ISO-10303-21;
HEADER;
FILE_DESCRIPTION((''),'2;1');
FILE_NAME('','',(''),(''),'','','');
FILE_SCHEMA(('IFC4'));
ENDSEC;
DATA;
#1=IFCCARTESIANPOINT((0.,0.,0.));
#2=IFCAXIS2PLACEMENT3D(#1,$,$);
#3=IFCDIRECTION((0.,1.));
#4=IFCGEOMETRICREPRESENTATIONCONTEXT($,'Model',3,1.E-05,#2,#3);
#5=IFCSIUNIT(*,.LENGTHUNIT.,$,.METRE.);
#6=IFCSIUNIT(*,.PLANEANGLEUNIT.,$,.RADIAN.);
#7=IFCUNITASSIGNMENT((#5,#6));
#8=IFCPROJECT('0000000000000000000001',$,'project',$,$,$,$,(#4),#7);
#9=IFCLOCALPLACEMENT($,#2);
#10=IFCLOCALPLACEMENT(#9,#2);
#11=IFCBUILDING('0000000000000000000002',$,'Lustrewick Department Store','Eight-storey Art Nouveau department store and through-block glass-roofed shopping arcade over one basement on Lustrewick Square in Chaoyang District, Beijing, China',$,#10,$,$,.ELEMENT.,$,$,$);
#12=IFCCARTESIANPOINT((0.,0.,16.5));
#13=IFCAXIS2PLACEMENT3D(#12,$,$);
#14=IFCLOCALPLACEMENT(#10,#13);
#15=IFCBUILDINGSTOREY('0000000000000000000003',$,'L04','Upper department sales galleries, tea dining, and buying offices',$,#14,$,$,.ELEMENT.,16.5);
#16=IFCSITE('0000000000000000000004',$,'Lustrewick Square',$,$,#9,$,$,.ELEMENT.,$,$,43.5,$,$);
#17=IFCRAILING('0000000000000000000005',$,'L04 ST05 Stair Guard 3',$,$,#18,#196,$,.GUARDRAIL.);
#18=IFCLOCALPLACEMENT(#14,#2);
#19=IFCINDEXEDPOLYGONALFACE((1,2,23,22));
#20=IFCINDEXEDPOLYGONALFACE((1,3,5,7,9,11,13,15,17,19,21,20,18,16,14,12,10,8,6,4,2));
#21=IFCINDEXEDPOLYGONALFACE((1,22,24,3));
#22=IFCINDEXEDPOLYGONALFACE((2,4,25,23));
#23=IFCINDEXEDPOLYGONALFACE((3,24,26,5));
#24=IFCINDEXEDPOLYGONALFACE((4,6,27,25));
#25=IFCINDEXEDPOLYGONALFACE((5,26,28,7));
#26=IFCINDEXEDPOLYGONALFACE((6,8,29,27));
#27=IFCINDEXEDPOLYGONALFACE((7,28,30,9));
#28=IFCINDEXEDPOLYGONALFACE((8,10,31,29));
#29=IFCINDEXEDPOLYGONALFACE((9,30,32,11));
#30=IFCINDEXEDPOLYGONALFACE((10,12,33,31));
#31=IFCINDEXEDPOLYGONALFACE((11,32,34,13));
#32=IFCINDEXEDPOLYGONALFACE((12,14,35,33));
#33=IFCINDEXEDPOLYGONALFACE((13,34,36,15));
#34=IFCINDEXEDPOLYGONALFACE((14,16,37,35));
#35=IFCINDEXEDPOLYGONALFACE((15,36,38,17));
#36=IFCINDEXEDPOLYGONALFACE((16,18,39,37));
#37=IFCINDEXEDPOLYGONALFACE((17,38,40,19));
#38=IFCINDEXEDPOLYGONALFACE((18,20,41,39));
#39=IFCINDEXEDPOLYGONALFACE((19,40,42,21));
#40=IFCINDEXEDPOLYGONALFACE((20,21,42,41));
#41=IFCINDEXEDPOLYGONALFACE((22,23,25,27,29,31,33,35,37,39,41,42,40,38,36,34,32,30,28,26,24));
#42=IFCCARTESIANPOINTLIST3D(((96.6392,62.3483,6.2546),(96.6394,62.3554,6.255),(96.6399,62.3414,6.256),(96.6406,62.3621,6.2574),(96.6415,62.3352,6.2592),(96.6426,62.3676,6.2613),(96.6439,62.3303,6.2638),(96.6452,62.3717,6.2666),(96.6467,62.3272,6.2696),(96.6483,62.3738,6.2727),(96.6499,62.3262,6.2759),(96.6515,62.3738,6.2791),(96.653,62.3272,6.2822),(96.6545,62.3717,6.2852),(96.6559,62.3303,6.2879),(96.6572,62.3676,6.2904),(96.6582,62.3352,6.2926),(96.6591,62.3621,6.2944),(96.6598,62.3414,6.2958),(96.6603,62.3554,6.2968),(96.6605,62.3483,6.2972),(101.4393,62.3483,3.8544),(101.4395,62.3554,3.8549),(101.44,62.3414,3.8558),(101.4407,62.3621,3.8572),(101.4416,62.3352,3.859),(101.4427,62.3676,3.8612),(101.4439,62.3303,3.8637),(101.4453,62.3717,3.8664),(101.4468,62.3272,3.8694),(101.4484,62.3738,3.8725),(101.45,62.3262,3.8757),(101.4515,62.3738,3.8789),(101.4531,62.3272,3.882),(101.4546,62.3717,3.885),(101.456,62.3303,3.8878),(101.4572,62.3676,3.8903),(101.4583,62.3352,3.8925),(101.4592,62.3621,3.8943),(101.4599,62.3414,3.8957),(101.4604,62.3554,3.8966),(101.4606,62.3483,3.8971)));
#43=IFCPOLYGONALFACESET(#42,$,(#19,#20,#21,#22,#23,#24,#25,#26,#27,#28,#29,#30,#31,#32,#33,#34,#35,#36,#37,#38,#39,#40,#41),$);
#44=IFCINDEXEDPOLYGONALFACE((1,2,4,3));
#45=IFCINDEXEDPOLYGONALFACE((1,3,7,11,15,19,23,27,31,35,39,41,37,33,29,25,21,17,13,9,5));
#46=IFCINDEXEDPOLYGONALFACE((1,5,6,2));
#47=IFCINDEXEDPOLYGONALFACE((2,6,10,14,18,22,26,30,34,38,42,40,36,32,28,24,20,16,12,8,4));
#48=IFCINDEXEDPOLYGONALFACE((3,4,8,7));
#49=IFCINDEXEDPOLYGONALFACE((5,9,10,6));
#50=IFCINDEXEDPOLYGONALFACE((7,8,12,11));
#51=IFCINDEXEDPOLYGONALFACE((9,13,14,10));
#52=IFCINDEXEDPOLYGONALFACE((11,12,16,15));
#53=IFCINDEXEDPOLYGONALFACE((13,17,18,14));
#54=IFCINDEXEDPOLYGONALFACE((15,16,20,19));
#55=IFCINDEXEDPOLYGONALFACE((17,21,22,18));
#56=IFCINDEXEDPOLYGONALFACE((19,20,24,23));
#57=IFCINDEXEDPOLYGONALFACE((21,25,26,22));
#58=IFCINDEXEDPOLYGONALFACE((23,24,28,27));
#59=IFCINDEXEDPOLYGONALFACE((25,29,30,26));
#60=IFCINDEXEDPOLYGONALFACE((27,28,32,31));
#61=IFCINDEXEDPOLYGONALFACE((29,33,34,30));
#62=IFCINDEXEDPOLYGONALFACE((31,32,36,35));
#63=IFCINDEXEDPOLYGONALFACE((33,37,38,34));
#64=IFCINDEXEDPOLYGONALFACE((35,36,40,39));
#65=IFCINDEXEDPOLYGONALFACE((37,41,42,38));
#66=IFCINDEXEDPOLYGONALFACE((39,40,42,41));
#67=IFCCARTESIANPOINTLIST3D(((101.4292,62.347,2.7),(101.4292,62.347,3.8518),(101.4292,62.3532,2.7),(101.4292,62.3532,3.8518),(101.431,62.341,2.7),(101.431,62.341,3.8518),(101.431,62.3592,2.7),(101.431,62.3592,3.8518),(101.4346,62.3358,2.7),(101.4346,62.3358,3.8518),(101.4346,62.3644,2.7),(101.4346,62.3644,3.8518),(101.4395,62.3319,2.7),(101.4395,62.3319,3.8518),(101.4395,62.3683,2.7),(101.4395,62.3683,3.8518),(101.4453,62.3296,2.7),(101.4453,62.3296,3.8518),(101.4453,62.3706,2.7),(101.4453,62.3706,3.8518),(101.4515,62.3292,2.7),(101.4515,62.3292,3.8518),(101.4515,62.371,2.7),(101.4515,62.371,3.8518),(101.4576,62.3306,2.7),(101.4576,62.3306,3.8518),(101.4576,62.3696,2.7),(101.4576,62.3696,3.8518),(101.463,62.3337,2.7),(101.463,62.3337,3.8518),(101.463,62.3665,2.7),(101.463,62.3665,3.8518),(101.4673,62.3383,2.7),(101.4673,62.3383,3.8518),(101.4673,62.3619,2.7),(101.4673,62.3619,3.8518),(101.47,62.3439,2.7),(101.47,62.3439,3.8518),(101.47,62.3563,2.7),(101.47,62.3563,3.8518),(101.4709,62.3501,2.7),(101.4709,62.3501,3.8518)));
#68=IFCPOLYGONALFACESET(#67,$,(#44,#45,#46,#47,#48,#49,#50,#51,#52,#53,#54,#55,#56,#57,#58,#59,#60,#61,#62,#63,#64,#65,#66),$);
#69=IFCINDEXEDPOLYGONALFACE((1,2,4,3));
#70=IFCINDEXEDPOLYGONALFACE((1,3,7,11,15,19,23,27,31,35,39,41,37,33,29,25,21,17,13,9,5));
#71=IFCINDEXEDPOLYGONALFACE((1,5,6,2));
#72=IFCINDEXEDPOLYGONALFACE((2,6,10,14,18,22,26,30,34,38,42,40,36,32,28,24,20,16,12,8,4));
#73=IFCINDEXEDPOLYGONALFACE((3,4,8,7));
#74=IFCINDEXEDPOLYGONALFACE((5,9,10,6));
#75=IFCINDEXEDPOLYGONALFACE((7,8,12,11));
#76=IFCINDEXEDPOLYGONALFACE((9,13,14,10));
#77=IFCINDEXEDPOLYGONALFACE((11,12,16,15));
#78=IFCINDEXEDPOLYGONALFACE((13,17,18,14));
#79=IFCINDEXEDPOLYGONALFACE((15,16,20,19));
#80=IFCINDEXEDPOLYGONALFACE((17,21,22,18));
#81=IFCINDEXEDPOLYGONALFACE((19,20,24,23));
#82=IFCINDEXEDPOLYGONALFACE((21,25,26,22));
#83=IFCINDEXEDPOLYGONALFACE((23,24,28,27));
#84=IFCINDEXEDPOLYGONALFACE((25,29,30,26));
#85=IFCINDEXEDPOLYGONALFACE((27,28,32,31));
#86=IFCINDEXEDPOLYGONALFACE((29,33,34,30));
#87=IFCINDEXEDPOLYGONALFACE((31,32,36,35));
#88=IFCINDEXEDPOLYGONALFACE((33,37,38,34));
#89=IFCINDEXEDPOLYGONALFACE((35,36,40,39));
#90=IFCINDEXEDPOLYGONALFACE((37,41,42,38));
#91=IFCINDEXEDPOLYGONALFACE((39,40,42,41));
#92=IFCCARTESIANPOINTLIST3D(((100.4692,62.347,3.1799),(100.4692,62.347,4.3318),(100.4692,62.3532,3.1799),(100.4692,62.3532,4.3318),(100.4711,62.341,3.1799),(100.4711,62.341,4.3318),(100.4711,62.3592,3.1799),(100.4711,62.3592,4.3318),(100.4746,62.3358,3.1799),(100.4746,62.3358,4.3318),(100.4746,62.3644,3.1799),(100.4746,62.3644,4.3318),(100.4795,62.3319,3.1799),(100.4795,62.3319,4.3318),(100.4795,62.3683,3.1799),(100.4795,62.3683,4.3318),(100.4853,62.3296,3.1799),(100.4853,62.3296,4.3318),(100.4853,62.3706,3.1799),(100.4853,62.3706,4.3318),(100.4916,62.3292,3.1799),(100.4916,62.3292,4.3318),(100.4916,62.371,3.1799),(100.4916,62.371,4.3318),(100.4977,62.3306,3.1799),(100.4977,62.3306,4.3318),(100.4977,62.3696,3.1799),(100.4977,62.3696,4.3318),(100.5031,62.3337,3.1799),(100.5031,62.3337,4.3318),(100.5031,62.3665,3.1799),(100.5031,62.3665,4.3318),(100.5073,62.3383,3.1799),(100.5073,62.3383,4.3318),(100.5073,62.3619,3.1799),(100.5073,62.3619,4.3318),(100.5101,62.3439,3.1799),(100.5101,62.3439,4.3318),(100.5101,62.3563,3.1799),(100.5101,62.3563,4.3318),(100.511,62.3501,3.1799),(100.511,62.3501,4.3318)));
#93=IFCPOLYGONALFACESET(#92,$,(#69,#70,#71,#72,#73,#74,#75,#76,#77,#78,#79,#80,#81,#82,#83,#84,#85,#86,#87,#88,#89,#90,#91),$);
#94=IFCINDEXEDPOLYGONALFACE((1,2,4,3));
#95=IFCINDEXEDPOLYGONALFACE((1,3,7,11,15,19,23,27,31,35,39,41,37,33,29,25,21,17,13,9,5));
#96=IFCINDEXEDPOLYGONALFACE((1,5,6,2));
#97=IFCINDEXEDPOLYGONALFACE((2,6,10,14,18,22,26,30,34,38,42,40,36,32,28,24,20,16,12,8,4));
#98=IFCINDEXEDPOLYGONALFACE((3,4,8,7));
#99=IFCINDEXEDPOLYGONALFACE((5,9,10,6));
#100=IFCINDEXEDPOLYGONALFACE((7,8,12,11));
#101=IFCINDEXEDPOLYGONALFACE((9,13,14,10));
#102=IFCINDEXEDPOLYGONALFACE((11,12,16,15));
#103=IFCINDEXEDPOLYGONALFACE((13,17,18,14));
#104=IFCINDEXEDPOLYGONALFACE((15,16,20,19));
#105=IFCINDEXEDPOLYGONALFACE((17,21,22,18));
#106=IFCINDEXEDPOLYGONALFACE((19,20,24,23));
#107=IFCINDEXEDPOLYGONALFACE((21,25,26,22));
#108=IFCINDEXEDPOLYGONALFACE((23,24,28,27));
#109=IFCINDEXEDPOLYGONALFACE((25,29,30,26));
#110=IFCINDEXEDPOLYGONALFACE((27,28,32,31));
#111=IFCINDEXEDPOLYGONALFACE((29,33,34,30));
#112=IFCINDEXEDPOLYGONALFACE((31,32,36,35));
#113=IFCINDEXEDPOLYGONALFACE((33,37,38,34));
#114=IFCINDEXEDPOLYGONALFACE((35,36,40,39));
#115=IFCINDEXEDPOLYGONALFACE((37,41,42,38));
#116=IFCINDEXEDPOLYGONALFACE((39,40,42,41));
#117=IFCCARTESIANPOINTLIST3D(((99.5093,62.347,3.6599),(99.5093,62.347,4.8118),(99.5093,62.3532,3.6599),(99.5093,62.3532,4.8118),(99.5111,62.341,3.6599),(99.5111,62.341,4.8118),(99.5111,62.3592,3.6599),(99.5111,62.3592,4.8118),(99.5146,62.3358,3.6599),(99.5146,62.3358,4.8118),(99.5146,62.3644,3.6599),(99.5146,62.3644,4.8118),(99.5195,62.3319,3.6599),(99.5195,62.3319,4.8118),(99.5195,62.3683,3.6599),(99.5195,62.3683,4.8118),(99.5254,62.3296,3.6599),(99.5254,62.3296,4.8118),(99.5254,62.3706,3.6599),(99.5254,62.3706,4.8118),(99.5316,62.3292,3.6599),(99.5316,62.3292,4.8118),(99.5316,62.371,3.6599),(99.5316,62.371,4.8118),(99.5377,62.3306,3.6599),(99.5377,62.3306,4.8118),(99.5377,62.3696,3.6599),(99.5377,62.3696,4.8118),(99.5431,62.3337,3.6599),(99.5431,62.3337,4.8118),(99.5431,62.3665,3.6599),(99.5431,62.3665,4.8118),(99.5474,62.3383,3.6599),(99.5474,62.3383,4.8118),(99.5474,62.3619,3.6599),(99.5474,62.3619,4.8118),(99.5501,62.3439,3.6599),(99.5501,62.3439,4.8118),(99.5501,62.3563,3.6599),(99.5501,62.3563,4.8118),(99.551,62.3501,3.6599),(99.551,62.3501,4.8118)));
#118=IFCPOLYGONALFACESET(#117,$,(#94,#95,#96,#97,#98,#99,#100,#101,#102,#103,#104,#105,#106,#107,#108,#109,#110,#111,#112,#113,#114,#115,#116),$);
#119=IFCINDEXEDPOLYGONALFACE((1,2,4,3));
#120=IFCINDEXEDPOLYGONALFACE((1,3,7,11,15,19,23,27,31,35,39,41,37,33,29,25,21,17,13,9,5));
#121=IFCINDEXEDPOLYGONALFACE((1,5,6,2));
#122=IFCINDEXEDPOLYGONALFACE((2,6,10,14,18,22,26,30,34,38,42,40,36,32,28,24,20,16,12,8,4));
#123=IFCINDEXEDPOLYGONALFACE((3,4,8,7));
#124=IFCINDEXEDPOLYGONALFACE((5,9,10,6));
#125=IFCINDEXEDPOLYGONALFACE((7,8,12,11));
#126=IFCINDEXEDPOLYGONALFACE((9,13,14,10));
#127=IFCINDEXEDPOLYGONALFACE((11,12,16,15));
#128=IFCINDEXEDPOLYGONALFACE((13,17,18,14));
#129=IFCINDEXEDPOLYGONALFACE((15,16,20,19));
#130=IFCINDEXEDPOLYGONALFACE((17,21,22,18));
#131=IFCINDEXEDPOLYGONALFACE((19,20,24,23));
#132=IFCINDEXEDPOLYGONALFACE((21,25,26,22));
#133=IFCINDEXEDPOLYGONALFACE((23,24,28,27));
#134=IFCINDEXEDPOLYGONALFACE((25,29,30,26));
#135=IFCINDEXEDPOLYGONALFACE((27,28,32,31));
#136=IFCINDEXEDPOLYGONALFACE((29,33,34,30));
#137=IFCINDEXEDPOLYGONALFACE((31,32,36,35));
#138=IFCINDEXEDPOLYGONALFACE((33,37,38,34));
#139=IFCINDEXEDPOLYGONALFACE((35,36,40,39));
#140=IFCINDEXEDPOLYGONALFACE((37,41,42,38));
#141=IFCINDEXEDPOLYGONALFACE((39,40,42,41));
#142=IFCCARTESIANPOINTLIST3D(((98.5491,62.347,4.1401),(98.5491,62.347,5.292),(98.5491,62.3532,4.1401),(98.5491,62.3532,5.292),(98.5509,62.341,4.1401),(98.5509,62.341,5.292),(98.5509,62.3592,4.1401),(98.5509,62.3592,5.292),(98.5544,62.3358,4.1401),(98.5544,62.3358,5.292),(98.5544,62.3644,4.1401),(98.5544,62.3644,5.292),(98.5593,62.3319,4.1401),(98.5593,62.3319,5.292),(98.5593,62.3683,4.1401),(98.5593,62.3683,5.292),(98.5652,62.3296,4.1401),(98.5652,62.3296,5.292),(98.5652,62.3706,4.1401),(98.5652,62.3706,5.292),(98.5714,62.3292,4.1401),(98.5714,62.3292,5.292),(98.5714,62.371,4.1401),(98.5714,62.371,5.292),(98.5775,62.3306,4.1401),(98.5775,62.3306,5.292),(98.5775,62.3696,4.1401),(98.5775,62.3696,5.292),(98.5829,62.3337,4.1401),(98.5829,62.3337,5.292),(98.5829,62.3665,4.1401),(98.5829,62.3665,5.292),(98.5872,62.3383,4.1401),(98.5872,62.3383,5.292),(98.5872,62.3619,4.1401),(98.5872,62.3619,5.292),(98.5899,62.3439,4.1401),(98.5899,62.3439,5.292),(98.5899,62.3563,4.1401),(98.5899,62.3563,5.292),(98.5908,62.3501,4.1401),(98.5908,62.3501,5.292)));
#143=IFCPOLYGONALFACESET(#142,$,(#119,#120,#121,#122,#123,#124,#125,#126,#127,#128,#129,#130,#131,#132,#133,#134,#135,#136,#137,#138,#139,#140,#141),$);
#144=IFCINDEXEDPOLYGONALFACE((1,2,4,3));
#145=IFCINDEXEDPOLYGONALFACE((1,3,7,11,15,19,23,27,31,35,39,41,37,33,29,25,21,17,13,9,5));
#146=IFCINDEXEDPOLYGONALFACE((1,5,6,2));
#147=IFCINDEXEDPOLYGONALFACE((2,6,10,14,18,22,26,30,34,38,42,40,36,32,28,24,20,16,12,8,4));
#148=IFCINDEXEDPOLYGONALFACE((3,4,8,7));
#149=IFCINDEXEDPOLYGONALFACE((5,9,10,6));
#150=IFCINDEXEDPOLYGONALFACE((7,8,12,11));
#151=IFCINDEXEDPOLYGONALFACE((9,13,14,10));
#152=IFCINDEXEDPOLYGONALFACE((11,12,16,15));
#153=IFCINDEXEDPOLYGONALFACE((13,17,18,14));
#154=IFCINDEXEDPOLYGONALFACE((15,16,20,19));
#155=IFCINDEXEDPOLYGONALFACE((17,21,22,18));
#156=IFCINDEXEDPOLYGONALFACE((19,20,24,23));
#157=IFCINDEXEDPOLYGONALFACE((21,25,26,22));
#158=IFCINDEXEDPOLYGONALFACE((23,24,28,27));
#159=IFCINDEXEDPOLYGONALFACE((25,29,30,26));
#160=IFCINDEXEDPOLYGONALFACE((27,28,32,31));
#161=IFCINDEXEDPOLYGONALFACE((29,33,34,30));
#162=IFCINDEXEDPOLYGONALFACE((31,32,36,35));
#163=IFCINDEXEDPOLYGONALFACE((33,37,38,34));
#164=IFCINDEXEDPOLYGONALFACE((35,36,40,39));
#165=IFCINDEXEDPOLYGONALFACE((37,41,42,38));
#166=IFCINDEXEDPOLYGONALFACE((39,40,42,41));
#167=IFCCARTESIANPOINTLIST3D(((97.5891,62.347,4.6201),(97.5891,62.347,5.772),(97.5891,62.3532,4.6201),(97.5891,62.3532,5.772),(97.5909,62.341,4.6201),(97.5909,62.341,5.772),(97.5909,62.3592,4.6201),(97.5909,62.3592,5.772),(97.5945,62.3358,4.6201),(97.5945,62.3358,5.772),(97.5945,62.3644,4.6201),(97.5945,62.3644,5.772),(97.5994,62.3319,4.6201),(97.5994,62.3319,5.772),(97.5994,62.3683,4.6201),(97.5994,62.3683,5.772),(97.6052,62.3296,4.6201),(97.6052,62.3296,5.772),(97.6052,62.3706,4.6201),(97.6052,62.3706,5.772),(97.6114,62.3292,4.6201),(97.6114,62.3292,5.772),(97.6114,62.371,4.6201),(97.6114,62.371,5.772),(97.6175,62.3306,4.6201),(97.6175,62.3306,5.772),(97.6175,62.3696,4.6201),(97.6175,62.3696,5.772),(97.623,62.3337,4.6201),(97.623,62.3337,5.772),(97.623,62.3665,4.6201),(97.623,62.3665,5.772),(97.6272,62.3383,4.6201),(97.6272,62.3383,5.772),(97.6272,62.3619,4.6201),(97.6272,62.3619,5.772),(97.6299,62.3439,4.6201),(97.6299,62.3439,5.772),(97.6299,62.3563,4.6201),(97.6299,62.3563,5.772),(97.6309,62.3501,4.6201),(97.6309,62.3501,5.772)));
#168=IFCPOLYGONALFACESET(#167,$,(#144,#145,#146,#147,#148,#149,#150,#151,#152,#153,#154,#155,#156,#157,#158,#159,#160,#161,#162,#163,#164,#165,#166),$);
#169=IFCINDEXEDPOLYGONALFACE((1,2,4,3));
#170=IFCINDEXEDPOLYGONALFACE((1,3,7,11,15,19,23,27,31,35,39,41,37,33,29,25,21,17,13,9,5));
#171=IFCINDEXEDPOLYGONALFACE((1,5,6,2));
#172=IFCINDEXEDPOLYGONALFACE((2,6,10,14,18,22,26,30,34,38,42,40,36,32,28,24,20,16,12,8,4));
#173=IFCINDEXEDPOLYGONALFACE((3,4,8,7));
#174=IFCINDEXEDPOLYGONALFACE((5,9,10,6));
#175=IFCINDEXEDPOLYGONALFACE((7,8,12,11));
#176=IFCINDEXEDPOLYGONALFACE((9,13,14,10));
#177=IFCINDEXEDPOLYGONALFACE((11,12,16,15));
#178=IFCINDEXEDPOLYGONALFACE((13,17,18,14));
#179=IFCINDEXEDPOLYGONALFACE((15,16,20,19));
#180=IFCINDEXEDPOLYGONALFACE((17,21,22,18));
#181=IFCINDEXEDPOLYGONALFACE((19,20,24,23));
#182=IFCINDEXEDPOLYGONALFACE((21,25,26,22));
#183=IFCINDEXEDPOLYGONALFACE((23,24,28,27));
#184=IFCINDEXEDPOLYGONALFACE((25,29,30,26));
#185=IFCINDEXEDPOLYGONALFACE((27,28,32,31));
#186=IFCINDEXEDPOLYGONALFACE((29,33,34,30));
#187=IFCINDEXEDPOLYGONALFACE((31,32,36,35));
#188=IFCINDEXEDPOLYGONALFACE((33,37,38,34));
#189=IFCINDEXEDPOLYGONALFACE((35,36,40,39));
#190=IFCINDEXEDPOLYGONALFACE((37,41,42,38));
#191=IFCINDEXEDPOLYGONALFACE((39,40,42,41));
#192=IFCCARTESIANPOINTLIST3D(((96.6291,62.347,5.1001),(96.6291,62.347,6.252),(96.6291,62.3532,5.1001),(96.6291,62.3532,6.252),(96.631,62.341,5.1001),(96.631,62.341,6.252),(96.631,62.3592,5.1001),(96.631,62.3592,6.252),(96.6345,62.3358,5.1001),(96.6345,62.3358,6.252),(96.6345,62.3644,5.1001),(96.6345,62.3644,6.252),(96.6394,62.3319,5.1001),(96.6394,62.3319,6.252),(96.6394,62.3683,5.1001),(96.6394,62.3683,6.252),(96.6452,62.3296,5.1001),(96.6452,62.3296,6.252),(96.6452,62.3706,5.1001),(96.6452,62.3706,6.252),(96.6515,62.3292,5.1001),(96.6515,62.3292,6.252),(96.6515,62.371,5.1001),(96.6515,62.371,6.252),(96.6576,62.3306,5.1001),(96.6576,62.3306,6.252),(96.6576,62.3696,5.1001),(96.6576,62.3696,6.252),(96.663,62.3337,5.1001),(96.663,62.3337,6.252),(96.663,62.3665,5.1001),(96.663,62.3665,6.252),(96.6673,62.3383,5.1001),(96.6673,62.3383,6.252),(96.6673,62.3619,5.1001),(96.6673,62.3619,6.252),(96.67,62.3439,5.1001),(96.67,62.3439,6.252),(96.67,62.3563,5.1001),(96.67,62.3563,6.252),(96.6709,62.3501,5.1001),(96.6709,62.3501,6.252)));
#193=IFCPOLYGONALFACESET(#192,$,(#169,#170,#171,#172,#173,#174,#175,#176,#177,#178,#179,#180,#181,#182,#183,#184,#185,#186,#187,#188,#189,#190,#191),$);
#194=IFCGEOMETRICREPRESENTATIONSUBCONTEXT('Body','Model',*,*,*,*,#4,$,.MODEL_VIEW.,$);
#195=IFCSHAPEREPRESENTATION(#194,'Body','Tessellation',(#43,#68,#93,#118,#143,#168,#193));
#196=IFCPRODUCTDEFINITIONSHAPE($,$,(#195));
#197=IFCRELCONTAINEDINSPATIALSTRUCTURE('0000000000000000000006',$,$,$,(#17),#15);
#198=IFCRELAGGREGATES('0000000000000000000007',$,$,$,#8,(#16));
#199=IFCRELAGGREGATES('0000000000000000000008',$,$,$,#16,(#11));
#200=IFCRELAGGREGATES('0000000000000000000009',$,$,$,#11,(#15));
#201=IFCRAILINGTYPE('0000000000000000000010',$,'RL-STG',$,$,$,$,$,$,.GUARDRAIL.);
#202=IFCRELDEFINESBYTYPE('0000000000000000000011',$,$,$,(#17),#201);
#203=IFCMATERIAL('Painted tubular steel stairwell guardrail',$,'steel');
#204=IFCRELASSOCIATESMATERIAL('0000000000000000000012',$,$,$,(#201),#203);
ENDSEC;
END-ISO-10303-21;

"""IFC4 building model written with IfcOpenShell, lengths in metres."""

from ifc_helpers import new_model, si_unit, direction, frame, origin, origin_2d, place, context, subcontext, project, spatial, circle, extrude, material, type_object, element, save


model = new_model("IFC4")

# Units and contexts
model_context = context("Model", 3, precision=1e-05, world=origin(), true_north=direction((0.0, 1.0)))
body_context = subcontext(model_context, "Body", "Model", "MODEL_VIEW")
ifc_project = project(units=[si_unit("LENGTHUNIT", "METRE"), si_unit("PLANEANGLEUNIT", "RADIAN")], contexts=[model_context])

# Site, building, storey
site_placement = place(None, origin())
site = spatial("IfcSite", under=ifc_project, at=site_placement, Name="Lustrewick Square", CompositionType="ELEMENT", RefElevation=43.5)
building_placement = place(site_placement, origin())
building = spatial("IfcBuilding", under=site, at=building_placement, Name="Lustrewick Department Store", Description="Eight-storey Art Nouveau department store and through-block glass-roofed shopping arcade over one basement on Lustrewick Square in Chaoyang District, Beijing, China", CompositionType="ELEMENT")
storey_placement = place(building_placement, frame((0.0, 0.0, 16.5)))
storey = spatial("IfcBuildingStorey", under=building, at=storey_placement, Name="L04", Description="Upper department sales galleries, tea dining, and buying offices", CompositionType="ELEMENT", Elevation=16.5)

# Railing
ifc_material_1 = material(Name="Painted tubular steel stairwell guardrail", Category="steel")
railing_type_1 = type_object("IfcRailingType", Name="RL-STG", PredefinedType="GUARDRAIL", material=ifc_material_1)
railing_1_placement = place(storey_placement, frame((101.45, 62.3501, 2.7)))
element("IfcRailing", 1, at=railing_1_placement, inside=storey, type_object=railing_type_1, Name="L04 ST05 Stair Guard 3", PredefinedType="GUARDRAIL", context=body_context, shape_type="SweptSolid", body=[
    extrude(circle(Radius=0.0239, at=origin_2d()), frame((0.0, 0.0, 1.1758), z_axis=(-0.894418, 0.0, 0.447232), x_axis=(0.0, -1.0, 0.0)), (0.0, 0.0, 1.0), 5.3667),
    extrude(circle(Radius=0.021, at=origin_2d()), origin(), (0.0, 0.0, 1.0), 1.1519),
    extrude(circle(Radius=0.021, at=origin_2d()), frame((-0.96, 0.0, 0.48)), (0.0, 0.0, 1.0), 1.1519),
    extrude(circle(Radius=0.021, at=origin_2d()), frame((-1.9199, 0.0, 0.96)), (0.0, 0.0, 1.0), 1.1519),
    extrude(circle(Radius=0.021, at=origin_2d()), frame((-2.8801, 0.0, 1.4402)), (0.0, 0.0, 1.0), 1.1519),
    extrude(circle(Radius=0.021, at=origin_2d()), frame((-3.8401, 0.0, 1.9202)), (0.0, 0.0, 1.0), 1.1519),
    extrude(circle(Radius=0.021, at=origin_2d()), frame((-4.8, 0.0, 2.4001)), (0.0, 0.0, 1.0), 1.1519),
])

save(model, "model.ifc")
